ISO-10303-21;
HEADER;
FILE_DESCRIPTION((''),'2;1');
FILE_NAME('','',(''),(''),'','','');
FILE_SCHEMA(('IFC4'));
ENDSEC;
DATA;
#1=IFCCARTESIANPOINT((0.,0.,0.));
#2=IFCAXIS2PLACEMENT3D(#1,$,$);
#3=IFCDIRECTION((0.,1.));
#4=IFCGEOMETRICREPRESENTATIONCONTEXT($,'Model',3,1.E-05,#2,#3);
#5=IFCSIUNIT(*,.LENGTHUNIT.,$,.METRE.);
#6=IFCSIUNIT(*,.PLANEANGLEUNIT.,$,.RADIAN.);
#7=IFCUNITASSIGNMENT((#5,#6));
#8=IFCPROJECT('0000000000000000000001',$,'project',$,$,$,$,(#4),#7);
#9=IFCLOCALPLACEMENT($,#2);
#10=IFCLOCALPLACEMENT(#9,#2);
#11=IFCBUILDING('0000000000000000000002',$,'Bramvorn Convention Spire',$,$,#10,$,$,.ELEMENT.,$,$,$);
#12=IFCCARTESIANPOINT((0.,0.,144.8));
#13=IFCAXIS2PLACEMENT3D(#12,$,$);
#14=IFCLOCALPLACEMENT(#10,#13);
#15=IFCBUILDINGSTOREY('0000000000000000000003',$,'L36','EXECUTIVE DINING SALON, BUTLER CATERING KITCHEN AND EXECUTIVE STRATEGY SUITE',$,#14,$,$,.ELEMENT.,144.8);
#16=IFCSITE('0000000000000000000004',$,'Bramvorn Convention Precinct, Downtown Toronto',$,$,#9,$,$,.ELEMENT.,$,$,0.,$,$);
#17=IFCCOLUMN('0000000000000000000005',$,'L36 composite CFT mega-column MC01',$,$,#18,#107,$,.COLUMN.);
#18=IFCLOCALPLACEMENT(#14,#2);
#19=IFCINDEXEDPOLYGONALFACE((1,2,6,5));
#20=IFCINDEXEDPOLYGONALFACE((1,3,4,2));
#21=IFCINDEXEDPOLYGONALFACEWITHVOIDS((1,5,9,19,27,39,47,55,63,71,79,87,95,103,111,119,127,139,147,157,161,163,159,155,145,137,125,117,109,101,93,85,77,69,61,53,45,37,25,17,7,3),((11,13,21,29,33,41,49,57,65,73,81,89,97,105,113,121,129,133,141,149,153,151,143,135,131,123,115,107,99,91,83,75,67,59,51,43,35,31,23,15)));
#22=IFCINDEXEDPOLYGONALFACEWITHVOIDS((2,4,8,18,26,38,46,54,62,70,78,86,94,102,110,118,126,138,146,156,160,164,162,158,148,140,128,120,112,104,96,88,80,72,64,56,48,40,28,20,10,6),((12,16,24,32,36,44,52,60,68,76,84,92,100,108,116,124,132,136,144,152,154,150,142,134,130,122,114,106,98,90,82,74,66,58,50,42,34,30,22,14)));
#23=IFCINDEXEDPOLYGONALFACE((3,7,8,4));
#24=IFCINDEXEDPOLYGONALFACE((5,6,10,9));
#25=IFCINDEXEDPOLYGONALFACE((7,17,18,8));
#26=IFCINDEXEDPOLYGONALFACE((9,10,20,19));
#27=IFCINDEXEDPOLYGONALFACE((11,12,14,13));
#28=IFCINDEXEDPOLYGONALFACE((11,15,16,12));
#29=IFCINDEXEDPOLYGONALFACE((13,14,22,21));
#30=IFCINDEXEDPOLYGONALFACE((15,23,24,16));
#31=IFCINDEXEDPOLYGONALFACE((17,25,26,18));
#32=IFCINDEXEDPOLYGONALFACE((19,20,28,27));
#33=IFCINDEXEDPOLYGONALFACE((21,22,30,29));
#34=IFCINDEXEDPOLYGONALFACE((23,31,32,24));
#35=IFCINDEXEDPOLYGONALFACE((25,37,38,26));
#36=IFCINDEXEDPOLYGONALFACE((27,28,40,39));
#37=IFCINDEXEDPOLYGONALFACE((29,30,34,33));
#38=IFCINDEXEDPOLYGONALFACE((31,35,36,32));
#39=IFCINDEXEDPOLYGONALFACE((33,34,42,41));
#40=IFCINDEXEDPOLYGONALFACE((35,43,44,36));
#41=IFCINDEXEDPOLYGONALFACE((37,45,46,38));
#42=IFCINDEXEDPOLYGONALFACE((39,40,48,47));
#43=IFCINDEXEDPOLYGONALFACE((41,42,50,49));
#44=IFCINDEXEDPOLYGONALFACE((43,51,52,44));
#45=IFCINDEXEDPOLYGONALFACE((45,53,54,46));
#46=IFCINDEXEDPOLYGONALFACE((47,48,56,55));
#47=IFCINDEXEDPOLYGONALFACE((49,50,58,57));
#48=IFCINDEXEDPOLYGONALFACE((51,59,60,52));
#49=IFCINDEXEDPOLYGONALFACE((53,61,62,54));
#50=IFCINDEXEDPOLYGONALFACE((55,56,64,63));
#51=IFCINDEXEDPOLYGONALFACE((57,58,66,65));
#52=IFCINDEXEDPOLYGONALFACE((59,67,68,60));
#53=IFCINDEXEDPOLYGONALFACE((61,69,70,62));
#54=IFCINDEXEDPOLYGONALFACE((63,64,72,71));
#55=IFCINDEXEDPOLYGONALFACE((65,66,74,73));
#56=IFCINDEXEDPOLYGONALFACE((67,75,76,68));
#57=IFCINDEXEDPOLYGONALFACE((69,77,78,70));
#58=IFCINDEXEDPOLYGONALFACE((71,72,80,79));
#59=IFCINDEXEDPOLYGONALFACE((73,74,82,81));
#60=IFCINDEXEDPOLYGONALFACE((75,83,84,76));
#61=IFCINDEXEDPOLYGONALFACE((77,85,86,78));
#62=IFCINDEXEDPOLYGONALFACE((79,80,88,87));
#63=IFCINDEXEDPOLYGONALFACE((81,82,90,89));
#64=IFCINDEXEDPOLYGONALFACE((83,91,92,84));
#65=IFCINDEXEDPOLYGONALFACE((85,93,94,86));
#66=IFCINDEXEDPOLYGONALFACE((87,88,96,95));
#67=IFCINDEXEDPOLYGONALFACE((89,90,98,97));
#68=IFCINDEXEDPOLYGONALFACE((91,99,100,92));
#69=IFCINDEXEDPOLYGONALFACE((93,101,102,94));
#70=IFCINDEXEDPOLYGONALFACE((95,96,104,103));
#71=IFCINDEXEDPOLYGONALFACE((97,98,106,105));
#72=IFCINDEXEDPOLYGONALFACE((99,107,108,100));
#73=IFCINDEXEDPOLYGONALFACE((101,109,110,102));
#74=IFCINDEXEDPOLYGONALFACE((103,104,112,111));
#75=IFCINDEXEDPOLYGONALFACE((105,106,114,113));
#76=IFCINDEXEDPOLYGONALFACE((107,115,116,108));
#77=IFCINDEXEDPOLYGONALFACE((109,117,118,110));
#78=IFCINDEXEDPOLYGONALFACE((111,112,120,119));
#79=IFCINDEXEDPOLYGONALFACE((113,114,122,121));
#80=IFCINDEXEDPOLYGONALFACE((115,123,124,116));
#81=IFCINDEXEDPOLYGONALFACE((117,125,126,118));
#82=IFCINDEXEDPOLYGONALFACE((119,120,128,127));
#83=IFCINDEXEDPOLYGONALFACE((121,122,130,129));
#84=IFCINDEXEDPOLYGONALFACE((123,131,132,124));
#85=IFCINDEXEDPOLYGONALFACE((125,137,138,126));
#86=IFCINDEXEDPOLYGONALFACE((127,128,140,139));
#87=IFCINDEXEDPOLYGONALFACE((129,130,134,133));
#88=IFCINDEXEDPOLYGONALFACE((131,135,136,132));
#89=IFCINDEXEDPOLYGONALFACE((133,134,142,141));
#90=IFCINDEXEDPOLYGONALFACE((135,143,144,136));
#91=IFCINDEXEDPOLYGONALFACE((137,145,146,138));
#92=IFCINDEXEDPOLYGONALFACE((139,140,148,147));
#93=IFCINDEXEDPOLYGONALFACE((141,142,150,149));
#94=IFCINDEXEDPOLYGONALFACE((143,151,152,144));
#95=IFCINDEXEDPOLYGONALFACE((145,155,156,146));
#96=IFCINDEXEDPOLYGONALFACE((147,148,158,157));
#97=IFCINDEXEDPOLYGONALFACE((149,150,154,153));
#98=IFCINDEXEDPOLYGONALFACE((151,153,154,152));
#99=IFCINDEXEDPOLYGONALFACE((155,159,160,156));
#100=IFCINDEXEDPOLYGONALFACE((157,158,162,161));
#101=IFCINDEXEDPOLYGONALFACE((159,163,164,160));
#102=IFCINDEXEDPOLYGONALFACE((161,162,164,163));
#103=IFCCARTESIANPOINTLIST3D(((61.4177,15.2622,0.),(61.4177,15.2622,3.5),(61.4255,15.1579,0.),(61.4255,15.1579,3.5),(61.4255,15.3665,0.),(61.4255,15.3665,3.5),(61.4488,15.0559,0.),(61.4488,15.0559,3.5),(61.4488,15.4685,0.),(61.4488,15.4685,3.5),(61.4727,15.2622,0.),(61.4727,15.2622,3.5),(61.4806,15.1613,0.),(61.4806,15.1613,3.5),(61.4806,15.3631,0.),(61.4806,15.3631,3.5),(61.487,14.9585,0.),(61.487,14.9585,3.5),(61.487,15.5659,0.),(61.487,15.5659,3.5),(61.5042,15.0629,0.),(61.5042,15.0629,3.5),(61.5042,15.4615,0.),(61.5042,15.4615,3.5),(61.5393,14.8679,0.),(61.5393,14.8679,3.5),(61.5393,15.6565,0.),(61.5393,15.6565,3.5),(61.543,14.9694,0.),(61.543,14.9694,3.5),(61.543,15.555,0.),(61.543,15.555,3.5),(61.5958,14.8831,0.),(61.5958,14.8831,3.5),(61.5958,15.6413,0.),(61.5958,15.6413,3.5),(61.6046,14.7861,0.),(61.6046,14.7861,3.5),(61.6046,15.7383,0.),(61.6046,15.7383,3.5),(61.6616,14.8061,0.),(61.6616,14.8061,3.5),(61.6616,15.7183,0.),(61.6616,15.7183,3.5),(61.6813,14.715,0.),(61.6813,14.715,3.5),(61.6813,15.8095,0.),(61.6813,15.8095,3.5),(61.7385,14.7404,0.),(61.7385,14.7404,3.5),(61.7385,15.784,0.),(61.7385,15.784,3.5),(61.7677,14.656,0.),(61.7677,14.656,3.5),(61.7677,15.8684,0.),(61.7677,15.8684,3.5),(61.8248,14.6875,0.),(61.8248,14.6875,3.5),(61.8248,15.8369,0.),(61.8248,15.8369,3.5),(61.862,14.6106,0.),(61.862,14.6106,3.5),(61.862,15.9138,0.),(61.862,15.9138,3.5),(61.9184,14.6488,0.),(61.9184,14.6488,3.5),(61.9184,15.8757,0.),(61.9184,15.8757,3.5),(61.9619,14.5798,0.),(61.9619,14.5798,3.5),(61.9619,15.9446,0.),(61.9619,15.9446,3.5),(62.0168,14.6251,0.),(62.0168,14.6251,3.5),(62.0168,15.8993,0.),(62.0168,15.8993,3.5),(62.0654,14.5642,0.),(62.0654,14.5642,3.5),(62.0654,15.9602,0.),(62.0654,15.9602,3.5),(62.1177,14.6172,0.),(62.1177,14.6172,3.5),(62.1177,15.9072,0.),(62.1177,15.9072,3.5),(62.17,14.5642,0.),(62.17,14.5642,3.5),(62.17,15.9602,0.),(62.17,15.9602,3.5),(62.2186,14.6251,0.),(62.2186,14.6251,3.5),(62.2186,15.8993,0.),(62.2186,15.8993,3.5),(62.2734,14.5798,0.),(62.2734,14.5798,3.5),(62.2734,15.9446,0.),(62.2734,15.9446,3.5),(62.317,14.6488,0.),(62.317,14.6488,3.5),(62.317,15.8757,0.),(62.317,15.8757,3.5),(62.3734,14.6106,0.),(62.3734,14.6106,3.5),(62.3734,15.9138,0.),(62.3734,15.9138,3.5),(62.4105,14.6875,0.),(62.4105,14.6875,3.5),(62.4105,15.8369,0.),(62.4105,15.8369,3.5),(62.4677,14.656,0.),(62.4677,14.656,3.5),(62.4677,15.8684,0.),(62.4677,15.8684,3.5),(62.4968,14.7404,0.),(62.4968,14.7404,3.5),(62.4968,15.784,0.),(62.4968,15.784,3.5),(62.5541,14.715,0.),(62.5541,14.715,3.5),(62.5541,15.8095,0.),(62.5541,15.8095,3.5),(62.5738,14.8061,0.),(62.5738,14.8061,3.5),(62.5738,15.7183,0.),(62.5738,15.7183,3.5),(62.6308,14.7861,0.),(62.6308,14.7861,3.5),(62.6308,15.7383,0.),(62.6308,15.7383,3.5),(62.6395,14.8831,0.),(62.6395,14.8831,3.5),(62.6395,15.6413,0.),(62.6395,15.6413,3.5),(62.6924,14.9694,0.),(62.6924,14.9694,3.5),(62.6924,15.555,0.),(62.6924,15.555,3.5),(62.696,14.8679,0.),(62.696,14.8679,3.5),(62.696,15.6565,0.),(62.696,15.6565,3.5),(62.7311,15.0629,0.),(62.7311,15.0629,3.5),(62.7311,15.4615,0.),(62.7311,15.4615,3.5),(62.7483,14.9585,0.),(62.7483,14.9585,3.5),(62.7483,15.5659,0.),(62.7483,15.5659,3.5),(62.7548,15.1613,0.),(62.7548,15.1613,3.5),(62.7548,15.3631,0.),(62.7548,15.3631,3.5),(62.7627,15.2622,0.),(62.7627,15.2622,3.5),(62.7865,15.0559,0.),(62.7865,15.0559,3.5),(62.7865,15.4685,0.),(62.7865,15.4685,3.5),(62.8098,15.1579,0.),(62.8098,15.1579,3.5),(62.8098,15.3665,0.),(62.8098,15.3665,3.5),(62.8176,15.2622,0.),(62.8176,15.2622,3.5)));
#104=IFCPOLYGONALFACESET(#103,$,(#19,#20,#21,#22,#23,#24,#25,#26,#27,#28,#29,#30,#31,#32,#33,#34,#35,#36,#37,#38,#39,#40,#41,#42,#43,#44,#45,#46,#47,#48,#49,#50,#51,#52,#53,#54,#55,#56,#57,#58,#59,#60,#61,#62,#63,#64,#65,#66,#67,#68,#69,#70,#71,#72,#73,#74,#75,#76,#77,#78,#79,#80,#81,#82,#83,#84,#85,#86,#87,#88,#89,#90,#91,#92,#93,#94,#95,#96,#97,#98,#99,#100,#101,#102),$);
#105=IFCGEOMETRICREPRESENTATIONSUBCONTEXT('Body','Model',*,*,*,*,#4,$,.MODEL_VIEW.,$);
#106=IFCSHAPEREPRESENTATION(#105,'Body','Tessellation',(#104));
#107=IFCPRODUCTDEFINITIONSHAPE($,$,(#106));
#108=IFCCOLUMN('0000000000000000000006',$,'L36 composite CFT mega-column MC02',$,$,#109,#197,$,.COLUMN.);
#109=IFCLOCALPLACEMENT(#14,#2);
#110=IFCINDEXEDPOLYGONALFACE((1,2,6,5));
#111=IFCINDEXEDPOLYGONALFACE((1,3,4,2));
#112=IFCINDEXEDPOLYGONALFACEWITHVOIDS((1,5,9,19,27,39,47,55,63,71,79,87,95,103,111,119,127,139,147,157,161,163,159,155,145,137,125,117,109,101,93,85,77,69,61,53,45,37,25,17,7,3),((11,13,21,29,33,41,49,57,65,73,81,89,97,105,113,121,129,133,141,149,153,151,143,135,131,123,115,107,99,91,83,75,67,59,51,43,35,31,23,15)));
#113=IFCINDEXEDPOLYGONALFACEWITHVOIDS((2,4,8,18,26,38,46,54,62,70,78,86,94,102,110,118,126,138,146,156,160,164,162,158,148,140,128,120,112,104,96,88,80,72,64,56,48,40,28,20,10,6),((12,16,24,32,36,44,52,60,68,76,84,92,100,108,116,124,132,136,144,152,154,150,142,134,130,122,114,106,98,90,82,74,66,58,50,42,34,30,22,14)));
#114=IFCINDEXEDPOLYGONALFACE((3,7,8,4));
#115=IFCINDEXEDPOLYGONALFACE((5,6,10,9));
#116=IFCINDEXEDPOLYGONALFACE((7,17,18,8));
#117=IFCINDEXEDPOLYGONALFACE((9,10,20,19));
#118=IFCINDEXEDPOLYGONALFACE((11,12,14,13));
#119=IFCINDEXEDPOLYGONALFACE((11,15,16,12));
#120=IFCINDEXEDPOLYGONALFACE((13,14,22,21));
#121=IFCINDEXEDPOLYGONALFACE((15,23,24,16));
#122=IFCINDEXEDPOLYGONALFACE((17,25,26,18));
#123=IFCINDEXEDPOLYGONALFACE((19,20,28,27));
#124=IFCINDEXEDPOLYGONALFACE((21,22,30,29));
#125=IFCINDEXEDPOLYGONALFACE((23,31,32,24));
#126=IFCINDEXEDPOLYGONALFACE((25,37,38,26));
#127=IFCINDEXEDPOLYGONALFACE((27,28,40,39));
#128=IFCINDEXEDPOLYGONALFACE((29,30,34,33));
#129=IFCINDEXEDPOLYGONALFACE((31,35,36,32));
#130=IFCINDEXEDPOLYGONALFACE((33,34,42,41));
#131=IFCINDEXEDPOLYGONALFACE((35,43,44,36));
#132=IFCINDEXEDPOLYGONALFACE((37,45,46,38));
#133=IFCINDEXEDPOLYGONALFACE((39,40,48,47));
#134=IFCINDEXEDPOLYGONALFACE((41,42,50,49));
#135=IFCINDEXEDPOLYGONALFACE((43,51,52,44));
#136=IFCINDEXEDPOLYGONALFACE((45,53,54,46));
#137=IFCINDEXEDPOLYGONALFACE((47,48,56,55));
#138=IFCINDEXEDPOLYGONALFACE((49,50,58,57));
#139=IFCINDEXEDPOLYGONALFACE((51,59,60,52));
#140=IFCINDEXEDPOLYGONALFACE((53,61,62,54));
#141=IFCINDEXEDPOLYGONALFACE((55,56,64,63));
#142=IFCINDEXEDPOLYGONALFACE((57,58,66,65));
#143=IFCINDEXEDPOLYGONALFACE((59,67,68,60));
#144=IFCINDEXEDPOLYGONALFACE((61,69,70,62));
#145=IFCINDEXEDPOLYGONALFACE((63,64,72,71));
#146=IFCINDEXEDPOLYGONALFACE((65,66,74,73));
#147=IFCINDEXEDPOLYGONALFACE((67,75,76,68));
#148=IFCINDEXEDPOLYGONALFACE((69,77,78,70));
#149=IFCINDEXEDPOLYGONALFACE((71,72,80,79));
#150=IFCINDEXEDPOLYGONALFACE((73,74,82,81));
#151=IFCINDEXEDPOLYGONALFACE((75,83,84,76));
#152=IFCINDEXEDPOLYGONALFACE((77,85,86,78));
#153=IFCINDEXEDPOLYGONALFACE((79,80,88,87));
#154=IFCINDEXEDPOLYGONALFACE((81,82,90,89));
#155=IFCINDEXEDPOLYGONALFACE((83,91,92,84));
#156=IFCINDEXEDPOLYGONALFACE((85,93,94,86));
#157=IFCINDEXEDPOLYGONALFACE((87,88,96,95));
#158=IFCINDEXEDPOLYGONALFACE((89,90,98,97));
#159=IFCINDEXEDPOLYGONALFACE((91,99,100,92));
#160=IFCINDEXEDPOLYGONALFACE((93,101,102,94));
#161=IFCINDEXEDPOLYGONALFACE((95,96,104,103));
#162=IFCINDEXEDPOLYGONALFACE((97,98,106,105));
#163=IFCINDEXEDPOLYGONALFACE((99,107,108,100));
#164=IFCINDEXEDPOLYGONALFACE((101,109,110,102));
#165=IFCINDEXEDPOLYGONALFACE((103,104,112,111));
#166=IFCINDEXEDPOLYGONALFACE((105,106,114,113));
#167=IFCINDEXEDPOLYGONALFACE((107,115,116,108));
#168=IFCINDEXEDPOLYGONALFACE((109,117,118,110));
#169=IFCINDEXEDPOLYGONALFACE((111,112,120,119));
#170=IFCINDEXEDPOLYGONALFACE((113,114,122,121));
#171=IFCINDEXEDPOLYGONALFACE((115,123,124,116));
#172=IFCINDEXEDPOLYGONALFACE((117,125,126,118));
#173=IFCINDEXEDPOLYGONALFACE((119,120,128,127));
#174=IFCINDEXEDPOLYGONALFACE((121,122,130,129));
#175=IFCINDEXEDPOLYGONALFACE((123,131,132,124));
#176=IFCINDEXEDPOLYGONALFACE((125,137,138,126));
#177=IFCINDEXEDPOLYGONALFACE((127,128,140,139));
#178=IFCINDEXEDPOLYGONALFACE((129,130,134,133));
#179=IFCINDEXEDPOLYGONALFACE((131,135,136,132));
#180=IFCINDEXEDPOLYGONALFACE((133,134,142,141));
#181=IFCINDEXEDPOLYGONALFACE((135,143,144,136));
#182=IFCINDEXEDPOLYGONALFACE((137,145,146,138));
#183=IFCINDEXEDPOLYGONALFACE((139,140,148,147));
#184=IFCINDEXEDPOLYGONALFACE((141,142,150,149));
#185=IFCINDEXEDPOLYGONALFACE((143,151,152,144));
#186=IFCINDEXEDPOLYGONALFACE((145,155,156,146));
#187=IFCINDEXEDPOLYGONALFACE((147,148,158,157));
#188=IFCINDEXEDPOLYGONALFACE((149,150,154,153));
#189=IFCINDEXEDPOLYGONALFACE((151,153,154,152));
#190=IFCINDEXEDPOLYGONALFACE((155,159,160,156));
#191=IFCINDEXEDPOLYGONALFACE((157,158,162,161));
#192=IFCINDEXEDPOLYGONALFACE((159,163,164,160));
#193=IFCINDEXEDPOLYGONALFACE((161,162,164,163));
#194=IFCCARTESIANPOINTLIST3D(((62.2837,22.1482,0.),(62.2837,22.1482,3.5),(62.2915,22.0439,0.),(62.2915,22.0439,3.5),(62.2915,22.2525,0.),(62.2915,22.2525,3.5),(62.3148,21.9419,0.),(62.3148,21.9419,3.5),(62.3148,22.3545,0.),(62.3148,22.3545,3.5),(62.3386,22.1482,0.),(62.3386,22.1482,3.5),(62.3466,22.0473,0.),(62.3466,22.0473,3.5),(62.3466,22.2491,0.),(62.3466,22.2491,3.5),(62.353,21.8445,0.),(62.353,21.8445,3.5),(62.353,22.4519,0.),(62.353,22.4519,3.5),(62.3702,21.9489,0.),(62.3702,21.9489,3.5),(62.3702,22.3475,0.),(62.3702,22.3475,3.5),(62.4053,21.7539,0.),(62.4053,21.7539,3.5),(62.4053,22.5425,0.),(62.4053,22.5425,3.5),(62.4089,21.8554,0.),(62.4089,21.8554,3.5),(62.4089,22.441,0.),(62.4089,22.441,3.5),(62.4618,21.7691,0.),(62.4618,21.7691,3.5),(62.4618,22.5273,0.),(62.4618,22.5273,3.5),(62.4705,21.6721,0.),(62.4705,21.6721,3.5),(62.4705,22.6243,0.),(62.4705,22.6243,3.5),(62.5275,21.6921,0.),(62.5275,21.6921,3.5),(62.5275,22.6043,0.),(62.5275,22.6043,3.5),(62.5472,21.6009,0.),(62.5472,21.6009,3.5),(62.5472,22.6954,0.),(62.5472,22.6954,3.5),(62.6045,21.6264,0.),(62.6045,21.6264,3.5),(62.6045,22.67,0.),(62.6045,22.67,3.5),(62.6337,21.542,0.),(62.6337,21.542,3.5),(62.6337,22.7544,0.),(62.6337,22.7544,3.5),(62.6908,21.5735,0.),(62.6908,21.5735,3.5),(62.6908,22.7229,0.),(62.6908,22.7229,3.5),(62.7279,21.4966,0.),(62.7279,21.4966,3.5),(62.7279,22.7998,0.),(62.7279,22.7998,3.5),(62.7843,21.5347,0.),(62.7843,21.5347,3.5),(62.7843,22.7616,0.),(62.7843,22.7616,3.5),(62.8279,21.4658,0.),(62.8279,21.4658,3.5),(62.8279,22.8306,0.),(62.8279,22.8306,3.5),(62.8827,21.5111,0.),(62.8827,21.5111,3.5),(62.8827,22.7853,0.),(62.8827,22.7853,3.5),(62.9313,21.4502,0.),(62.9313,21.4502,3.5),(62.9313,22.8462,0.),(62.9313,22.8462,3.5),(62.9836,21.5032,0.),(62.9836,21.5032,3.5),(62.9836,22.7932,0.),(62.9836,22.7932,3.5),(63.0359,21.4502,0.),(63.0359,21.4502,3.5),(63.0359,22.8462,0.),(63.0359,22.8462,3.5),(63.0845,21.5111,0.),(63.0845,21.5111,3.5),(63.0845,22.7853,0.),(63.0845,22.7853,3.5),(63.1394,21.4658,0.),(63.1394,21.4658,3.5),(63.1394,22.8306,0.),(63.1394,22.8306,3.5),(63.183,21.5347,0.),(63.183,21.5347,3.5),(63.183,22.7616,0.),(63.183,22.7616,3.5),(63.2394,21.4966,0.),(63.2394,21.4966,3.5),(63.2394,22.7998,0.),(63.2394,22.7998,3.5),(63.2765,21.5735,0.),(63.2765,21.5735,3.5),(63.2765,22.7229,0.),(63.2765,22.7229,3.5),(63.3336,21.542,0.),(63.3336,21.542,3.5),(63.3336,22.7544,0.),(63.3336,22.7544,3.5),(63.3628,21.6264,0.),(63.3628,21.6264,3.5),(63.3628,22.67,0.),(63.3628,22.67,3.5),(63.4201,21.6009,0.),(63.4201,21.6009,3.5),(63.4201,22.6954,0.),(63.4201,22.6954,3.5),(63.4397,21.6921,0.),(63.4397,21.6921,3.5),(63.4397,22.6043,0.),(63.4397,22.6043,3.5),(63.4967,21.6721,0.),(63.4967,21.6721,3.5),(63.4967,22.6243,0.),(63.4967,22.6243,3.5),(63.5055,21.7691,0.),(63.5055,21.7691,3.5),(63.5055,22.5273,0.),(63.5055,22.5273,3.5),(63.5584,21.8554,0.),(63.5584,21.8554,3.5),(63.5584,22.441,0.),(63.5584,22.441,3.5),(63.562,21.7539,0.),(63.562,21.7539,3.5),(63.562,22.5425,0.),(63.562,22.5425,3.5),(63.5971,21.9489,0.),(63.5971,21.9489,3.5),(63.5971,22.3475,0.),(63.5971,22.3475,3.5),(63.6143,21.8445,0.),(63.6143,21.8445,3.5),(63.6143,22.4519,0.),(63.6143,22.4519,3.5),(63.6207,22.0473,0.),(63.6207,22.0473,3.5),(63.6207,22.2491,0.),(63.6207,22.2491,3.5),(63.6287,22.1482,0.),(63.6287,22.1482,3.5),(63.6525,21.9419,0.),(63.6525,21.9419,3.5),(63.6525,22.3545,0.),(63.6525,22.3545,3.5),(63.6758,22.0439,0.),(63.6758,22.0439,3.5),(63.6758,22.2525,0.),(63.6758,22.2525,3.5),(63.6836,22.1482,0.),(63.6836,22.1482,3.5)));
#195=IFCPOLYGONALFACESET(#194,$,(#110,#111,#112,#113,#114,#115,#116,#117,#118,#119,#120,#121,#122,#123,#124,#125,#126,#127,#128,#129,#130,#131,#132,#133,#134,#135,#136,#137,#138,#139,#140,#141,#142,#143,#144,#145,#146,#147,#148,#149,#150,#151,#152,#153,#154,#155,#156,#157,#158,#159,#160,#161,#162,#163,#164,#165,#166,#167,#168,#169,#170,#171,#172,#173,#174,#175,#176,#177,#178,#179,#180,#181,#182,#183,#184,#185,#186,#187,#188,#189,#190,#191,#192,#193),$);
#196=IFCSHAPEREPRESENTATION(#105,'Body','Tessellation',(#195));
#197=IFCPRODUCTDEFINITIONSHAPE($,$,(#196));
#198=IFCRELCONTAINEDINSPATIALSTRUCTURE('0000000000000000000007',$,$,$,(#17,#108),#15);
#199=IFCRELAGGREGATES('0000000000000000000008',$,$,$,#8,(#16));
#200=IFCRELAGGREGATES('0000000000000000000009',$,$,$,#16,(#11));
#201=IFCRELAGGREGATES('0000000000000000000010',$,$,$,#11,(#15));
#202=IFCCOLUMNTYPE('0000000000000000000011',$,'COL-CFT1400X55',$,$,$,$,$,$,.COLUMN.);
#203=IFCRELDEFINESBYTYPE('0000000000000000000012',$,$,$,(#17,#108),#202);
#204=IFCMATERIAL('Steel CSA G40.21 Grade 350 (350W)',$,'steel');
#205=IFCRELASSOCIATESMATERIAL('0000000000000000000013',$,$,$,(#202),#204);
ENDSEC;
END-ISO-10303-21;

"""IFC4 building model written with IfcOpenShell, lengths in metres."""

from ifc_helpers import new_model, si_unit, direction, frame, origin, origin_2d, place, context, subcontext, project, spatial, hollow_circle, extrude, material, material_profile, profile_set, type_object, element, save


model = new_model("IFC4")

# Units and contexts
model_context = context("Model", 3, precision=1e-05, world=origin(), true_north=direction((0.0, 1.0)))
body_context = subcontext(model_context, "Body", "Model", "MODEL_VIEW")
ifc_project = project(units=[si_unit("LENGTHUNIT", "METRE"), si_unit("PLANEANGLEUNIT", "RADIAN")], contexts=[model_context])

# Site, building, storey
site_placement = place(None, origin())
site = spatial("IfcSite", under=ifc_project, at=site_placement, Name="Bramvorn Convention Precinct, Downtown Toronto", CompositionType="ELEMENT", RefElevation=0.0)
building_placement = place(site_placement, origin())
building = spatial("IfcBuilding", under=site, at=building_placement, Name="Bramvorn Convention Spire", CompositionType="ELEMENT")
storey_placement = place(building_placement, frame((0.0, 0.0, 144.8)))
storey = spatial("IfcBuildingStorey", under=building, at=storey_placement, Name="L36", Description="EXECUTIVE DINING SALON, BUTLER CATERING KITCHEN AND EXECUTIVE STRATEGY SUITE", CompositionType="ELEMENT", Elevation=144.8)

# Columns
ifc_material_1 = material(Name="Steel CSA G40.21 Grade 350 (350W)", Category="steel")
ifc_material_profile_1 = material_profile(ifc_material_1, hollow_circle(Radius=0.7, WallThickness=0.0549, at=origin_2d()))
ifc_profile_set_1 = profile_set([ifc_material_profile_1], Name="Steel CSA G40.21 Grade 350 (350W) - CFT1400X55")
column_type = type_object("IfcColumnType", Name="COL-CFT1400X55", PredefinedType="COLUMN", material=ifc_profile_set_1)
for number, where, z_axis, x_axis, name in (
    (1, (62.1177, 15.2622, 0.0), (0.0, 0.0, 1.0), (1.0, 0.0, 0.0), "L36 composite CFT mega-column MC01"),
    (2, (62.9836, 22.1482, 0.0), (0.0, 0.0, 1.0), (1.0, 0.0, 0.0), "L36 composite CFT mega-column MC02"),
):
    element("IfcColumn", number, at=place(storey_placement, frame(where, z_axis=z_axis, x_axis=x_axis)), inside=storey, type_object=column_type, Name=name, PredefinedType="COLUMN", context=body_context, shape_type="SweptSolid", body=[
        extrude(hollow_circle(Radius=0.7, WallThickness=0.0549, at=origin_2d()), origin(), (0.0, 0.0, 1.0), 3.5),
    ])

save(model, "model.ifc")
